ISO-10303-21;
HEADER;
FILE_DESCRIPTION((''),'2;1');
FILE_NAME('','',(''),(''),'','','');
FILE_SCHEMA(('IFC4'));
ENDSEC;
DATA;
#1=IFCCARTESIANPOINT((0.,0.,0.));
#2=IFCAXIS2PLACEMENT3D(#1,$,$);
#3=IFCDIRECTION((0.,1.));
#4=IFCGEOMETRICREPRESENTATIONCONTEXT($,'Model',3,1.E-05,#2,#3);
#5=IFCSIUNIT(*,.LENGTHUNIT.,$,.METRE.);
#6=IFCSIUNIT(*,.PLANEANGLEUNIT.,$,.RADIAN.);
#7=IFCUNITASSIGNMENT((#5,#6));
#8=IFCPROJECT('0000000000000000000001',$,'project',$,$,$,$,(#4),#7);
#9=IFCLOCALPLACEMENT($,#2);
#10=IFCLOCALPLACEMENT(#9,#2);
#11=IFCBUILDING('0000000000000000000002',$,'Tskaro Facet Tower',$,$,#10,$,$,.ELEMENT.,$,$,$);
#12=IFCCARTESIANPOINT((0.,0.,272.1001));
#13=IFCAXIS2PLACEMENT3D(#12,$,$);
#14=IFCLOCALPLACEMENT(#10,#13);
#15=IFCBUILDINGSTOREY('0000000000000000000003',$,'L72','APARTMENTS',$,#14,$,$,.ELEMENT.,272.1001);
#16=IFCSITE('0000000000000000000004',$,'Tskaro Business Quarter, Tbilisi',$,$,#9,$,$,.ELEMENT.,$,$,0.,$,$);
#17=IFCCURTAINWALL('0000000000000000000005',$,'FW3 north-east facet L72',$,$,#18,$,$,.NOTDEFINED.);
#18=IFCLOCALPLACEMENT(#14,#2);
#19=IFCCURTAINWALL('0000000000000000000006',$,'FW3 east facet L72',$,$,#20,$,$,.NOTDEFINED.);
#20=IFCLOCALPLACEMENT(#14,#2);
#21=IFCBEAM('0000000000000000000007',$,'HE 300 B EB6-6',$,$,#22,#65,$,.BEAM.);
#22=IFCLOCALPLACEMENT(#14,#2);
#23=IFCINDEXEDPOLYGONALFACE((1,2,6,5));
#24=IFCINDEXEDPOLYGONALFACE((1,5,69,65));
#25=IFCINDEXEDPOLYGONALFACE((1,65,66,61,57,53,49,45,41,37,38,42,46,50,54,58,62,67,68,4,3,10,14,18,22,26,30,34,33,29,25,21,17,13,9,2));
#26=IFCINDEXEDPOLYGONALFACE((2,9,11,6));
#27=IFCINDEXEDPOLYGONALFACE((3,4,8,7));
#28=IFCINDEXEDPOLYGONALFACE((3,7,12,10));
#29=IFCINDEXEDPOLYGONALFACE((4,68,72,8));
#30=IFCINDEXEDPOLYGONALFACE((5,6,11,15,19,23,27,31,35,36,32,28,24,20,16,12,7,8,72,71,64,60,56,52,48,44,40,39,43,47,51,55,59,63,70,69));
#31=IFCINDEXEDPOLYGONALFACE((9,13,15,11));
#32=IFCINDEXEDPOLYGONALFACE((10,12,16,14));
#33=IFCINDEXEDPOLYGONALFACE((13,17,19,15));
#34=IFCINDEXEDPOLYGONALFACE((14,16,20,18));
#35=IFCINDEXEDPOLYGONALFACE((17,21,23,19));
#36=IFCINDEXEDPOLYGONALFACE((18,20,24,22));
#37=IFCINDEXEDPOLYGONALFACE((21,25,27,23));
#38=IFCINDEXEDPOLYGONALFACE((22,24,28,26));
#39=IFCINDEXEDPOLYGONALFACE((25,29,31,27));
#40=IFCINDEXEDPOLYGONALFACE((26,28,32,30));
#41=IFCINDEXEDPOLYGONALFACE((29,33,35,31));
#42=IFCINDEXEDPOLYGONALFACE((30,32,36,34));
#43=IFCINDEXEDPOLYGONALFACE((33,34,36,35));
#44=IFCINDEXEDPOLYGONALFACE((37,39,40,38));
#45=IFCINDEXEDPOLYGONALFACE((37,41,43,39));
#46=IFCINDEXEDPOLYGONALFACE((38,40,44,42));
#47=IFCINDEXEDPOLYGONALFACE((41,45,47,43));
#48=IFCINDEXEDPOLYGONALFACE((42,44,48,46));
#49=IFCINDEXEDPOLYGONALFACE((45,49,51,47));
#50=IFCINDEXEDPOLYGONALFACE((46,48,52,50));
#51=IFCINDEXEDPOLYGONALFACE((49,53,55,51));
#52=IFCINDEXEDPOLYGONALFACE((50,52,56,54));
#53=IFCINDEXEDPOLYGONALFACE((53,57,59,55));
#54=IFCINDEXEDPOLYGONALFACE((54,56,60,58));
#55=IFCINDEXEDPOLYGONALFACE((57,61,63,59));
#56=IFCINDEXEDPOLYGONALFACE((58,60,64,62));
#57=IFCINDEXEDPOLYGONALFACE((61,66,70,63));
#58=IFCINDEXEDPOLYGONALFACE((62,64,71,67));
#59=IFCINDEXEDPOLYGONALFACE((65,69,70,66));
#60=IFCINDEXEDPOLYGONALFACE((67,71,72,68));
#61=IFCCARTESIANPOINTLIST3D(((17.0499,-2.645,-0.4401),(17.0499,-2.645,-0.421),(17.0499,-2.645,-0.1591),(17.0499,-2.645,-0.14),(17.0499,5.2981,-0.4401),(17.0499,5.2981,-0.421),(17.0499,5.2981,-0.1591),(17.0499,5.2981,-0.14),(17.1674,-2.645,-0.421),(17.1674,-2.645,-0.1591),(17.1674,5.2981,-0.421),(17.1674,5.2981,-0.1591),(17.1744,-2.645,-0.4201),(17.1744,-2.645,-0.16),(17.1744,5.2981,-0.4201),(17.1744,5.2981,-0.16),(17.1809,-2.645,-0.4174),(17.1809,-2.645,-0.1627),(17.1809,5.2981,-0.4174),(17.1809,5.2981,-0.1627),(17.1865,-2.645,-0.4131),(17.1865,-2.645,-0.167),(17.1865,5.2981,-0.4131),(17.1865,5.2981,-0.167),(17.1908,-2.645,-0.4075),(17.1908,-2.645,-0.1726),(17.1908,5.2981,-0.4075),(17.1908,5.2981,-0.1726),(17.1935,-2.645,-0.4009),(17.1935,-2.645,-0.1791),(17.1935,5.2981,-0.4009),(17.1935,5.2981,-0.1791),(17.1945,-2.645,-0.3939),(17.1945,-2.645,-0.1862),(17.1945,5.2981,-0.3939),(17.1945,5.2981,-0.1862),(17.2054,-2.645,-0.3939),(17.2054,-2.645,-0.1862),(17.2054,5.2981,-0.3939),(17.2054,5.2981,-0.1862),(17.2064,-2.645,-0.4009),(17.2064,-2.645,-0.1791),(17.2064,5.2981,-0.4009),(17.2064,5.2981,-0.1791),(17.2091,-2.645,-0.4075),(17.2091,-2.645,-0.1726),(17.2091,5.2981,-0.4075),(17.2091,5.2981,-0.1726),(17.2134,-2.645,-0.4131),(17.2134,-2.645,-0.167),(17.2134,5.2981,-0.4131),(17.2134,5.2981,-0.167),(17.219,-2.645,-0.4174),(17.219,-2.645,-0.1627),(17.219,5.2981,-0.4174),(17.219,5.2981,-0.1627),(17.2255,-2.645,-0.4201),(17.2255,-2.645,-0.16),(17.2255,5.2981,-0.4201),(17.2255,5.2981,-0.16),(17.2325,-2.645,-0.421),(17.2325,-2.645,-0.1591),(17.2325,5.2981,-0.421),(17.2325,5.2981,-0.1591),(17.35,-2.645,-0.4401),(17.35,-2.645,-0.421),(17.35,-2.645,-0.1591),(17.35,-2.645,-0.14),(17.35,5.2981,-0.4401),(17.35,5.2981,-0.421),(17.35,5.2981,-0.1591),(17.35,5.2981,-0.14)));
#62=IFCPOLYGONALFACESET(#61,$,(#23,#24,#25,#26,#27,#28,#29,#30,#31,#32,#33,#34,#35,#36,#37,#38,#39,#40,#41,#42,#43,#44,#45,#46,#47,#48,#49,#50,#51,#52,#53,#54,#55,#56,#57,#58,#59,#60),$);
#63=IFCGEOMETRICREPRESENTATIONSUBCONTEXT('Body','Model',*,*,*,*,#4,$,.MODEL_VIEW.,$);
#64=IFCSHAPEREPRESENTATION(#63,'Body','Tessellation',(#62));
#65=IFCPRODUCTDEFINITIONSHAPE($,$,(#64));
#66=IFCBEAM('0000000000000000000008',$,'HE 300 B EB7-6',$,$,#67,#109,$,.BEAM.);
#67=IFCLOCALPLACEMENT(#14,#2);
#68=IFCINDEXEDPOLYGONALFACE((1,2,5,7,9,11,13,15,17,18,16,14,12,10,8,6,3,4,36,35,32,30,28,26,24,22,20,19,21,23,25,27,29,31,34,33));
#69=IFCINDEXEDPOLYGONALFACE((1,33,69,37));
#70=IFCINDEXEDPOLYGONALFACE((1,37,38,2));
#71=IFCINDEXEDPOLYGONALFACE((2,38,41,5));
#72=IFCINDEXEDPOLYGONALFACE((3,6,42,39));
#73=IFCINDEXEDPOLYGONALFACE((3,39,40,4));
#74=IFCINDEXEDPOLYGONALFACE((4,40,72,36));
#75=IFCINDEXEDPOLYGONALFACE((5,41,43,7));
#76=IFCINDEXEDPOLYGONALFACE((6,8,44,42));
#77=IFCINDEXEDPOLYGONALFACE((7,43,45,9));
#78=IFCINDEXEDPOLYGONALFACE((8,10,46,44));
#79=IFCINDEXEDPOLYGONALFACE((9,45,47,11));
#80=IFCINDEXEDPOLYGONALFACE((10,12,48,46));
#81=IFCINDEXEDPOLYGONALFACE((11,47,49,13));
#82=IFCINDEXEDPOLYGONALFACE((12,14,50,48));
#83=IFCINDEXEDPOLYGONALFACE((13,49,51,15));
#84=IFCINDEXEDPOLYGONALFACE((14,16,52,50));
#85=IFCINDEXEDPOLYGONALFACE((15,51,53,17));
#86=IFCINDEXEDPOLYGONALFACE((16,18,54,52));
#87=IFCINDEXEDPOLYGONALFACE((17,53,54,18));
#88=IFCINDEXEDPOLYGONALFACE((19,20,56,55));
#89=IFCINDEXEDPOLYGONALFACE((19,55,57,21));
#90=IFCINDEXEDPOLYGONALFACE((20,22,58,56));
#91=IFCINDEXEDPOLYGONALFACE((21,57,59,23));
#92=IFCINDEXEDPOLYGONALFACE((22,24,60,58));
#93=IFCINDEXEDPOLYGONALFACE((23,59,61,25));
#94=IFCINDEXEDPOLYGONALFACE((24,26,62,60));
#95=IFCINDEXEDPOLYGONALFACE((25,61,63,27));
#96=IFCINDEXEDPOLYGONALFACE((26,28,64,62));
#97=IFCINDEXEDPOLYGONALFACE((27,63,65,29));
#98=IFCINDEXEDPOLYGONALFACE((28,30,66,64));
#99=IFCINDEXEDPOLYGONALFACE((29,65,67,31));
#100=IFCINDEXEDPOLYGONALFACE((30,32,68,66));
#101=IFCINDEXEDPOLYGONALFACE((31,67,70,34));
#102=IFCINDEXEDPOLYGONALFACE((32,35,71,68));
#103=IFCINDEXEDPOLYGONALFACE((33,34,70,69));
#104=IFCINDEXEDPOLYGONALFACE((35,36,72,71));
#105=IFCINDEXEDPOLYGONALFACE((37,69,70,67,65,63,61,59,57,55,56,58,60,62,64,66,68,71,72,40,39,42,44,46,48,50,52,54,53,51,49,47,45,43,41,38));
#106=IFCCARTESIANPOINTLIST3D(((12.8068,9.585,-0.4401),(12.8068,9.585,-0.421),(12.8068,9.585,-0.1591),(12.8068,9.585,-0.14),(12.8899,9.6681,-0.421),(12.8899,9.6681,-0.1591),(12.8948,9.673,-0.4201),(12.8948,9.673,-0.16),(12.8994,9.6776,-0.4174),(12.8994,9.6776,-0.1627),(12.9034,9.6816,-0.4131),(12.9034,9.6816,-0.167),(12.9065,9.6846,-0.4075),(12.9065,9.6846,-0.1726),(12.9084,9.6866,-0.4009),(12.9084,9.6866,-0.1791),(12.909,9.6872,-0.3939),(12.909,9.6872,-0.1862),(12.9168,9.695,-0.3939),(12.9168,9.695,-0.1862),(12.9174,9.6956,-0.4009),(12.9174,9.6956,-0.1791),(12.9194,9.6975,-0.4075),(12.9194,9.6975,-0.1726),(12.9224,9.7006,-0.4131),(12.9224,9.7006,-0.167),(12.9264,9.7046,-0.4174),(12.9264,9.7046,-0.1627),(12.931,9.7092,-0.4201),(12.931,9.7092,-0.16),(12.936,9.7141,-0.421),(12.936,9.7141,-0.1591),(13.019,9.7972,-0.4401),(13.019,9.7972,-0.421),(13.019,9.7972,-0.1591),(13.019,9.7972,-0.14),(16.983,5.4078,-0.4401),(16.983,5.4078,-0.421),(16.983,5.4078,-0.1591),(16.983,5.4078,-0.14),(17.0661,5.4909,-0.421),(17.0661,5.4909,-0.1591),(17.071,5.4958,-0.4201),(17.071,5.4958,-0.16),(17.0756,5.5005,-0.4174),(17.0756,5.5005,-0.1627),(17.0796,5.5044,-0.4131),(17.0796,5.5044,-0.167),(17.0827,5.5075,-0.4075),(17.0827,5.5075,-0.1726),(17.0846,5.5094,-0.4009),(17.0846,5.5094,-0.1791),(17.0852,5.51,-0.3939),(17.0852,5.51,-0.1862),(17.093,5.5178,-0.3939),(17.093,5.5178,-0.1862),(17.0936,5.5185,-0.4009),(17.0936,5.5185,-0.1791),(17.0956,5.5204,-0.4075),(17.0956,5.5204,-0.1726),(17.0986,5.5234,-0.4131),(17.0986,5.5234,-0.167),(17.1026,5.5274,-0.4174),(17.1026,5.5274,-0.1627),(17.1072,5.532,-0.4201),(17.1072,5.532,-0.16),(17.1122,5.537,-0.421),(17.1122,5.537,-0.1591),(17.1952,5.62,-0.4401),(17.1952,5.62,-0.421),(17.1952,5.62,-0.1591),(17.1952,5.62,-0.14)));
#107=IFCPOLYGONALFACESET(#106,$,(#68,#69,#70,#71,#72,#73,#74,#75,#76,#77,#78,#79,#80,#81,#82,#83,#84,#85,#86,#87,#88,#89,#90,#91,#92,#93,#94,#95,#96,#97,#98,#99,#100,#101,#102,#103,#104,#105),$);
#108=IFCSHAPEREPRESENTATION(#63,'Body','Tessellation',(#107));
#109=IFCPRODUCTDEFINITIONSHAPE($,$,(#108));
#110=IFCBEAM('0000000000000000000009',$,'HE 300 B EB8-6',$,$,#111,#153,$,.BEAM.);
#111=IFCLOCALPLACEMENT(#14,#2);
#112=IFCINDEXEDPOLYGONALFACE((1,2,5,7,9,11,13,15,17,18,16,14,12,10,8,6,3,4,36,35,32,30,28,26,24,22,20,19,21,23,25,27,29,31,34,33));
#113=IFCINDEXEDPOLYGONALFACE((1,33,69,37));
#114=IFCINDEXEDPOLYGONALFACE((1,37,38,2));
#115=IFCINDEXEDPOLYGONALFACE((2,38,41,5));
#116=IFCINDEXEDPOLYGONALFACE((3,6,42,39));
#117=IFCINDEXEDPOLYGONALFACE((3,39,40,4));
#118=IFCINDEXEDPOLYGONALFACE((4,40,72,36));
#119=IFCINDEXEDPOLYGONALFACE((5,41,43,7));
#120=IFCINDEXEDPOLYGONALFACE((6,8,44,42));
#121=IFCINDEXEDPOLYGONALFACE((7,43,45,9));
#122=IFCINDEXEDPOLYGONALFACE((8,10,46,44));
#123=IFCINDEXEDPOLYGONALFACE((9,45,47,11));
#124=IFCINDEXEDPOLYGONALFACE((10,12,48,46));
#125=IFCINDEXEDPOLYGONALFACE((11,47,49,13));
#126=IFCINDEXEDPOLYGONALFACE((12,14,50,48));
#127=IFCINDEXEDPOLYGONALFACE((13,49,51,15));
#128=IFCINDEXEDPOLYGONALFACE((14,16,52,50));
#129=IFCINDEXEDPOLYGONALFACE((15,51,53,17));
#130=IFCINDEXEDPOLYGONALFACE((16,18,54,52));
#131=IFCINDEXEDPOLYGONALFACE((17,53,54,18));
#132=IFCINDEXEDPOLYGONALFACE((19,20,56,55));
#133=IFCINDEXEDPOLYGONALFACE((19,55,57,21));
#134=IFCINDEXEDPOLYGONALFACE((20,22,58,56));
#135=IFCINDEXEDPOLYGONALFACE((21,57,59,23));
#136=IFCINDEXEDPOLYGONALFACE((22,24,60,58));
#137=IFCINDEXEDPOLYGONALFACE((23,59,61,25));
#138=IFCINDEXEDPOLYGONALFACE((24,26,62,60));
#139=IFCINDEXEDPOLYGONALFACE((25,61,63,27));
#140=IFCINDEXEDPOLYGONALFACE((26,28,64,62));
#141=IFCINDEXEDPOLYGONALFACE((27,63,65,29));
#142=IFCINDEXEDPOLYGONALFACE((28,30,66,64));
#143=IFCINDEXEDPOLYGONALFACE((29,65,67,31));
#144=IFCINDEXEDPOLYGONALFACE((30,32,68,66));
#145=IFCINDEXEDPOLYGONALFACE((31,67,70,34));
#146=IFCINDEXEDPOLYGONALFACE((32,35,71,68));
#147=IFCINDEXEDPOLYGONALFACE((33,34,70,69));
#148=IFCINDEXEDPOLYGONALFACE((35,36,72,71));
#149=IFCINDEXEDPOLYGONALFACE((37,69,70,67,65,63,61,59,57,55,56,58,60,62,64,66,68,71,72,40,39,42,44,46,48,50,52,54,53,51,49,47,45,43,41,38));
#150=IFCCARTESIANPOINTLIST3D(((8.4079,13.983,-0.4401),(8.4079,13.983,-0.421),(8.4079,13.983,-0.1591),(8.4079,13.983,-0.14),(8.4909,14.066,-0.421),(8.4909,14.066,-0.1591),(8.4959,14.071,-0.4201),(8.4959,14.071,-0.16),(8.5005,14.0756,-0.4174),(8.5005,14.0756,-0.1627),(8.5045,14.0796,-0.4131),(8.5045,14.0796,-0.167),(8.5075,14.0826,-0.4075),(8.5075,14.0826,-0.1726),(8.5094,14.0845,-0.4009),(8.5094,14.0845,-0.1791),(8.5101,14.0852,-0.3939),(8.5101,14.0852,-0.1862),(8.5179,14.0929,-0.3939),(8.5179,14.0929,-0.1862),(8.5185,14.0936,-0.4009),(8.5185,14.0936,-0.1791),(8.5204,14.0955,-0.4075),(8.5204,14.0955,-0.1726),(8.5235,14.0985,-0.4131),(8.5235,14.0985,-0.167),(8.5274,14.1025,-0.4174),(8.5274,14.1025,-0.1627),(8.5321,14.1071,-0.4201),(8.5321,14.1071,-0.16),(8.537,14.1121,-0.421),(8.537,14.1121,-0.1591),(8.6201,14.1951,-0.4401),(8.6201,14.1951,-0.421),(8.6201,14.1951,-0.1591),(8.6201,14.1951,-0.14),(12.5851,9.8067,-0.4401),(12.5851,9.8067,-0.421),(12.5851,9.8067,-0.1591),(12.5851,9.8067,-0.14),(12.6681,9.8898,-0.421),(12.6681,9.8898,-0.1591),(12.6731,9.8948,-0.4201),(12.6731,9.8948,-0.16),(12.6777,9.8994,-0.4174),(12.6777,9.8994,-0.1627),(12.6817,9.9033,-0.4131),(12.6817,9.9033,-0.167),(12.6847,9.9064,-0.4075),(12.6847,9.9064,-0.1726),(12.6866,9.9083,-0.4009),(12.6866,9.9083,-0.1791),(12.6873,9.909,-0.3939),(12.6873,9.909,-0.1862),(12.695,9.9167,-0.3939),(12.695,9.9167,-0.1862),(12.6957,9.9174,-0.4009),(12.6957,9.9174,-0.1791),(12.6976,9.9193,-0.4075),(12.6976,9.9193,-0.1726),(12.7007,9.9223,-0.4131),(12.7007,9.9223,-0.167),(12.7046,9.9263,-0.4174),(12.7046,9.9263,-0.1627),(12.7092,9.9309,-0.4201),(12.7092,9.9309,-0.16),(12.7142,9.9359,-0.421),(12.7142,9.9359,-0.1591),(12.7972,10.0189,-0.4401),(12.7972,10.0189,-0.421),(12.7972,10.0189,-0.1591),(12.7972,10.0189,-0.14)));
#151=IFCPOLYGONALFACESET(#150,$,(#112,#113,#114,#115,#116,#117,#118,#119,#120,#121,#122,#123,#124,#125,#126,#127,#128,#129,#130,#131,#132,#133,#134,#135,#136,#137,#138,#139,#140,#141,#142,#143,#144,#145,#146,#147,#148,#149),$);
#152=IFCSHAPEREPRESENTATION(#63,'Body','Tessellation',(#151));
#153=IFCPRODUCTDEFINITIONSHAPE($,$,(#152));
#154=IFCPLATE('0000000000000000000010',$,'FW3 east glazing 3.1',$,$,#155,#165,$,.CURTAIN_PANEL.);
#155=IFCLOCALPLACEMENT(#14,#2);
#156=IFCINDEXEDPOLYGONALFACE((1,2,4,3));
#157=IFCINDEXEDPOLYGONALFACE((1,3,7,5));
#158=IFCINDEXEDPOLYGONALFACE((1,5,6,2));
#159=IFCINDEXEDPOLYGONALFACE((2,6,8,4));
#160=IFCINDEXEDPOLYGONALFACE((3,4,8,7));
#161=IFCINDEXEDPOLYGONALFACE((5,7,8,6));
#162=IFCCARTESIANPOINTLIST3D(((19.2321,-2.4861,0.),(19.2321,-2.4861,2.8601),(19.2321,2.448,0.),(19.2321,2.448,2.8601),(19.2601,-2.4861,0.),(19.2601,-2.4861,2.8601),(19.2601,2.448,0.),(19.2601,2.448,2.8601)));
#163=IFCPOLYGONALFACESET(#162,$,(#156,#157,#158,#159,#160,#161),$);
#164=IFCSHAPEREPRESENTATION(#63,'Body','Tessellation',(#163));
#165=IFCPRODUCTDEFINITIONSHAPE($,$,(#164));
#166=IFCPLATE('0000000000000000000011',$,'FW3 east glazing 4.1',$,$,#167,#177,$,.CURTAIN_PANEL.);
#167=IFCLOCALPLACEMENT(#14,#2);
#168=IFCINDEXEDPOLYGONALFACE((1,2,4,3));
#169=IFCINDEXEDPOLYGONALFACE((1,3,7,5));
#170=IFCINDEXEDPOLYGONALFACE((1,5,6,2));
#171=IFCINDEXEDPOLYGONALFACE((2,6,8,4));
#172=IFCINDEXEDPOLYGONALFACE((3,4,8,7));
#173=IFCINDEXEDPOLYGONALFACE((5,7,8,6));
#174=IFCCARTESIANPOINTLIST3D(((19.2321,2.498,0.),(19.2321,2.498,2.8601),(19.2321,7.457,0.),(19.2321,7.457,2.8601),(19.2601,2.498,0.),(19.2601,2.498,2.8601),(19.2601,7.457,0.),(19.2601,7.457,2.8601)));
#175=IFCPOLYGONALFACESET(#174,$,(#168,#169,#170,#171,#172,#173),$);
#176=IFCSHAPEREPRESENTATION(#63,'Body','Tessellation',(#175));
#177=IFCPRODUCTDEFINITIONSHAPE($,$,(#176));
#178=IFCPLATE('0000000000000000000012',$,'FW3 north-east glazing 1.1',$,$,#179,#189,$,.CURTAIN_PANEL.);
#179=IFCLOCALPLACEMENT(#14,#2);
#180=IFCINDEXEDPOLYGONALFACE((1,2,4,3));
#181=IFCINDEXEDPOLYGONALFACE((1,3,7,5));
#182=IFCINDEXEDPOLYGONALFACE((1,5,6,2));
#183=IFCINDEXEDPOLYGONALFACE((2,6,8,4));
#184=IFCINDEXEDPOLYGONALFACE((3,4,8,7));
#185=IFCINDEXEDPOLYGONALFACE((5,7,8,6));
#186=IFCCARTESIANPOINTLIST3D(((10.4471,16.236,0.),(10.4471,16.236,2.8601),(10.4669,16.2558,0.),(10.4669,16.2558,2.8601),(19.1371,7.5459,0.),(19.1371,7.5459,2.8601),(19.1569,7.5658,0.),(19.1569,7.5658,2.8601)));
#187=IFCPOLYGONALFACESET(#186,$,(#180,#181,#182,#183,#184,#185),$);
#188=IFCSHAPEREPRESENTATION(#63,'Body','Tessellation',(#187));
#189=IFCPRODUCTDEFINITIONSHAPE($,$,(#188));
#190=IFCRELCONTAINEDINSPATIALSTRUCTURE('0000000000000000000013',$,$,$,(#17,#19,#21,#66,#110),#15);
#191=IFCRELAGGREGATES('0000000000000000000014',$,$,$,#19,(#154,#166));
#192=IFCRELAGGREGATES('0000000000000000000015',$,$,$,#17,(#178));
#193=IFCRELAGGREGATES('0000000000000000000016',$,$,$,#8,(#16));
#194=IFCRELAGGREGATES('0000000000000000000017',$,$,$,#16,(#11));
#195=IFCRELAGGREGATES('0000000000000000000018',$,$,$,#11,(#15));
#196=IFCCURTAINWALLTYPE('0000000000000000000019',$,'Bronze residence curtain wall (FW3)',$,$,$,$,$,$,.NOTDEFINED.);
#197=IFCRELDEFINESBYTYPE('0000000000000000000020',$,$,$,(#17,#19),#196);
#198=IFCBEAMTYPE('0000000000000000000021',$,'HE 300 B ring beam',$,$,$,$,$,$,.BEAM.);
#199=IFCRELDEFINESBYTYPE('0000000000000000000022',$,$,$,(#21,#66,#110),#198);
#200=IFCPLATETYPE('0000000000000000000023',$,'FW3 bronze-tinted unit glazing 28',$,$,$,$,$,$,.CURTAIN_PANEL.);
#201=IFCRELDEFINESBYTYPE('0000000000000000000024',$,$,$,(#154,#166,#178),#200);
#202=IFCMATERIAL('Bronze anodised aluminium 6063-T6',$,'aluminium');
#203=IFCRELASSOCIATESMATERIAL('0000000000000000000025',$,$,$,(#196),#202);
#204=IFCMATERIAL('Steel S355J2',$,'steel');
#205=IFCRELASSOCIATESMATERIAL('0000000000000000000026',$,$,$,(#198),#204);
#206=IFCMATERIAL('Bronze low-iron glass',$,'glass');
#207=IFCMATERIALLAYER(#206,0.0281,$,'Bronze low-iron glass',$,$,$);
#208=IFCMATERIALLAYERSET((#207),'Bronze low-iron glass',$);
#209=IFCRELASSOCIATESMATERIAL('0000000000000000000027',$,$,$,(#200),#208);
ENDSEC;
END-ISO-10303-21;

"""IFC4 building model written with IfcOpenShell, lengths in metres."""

from ifc_helpers import new_model, si_unit, direction, frame, origin, origin_2d, place, context, subcontext, project, spatial, rectangle, i_section, extrude, material, layer, layer_set, material_profile, profile_set, type_object, element, aggregate, save


model = new_model("IFC4")

# Units and contexts
model_context = context("Model", 3, precision=1e-05, world=origin(), true_north=direction((0.0, 1.0)))
body_context = subcontext(model_context, "Body", "Model", "MODEL_VIEW")
ifc_project = project(units=[si_unit("LENGTHUNIT", "METRE"), si_unit("PLANEANGLEUNIT", "RADIAN")], contexts=[model_context])

# Site, building, storey
site_placement = place(None, origin())
site = spatial("IfcSite", under=ifc_project, at=site_placement, Name="Tskaro Business Quarter, Tbilisi", CompositionType="ELEMENT", RefElevation=0.0)
building_placement = place(site_placement, origin())
building = spatial("IfcBuilding", under=site, at=building_placement, Name="Tskaro Facet Tower", CompositionType="ELEMENT")
storey_placement = place(building_placement, frame((0.0, 0.0, 272.1001)))
storey = spatial("IfcBuildingStorey", under=building, at=storey_placement, Name="L72", Description="APARTMENTS", CompositionType="ELEMENT", Elevation=272.1001)

# Shared definitions
ifc_material_1 = material(Name="Steel S355J2", Category="steel")

# Curtain wall
ifc_material_2 = material(Name="Bronze anodised aluminium 6063-T6", Category="aluminium")
curtain_wall_type = type_object("IfcCurtainWallType", Name="Bronze residence curtain wall (FW3)", PredefinedType="NOTDEFINED", material=ifc_material_2)
curtain_wall_1_placement = place(storey_placement, origin())
curtain_wall_1 = element("IfcCurtainWall", 1, at=curtain_wall_1_placement, inside=storey, type_object=curtain_wall_type, Name="FW3 north-east facet L72", PredefinedType="NOTDEFINED")

# Curtain wall
curtain_wall_2_placement = place(storey_placement, origin())
curtain_wall_2 = element("IfcCurtainWall", 2, at=curtain_wall_2_placement, inside=storey, type_object=curtain_wall_type, Name="FW3 east facet L72", PredefinedType="NOTDEFINED")

# Beams
ifc_material_profile_1 = material_profile(ifc_material_1, i_section(OverallWidth=0.3, OverallDepth=0.3, WebThickness=0.011, FlangeThickness=0.019, FilletRadius=0.0271, at=origin_2d()), Name="HE 300 B")
ifc_profile_set_1 = profile_set([ifc_material_profile_1], Name="Steel S355J2")
beam_type = type_object("IfcBeamType", Name="HE 300 B ring beam", PredefinedType="BEAM", material=ifc_profile_set_1)
beam_placement = place(storey_placement, frame((17.2, -2.645, -0.29), z_axis=(0.0, 1.0, 0.0), x_axis=(-1.0, 0.0, 0.0)))
element("IfcBeam", 3, at=beam_placement, inside=storey, type_object=beam_type, Name="HE 300 B EB6-6", PredefinedType="BEAM", context=body_context, shape_type="SweptSolid", body=[
    extrude(i_section(OverallWidth=0.3, OverallDepth=0.3, WebThickness=0.011, FlangeThickness=0.019, FilletRadius=0.0271, at=origin_2d()), origin(), (0.0, 0.0, 1.0), 7.9431),
])
for number, where, z_axis, x_axis, name in (
    (4, (17.0891, 5.5139, -0.29), (-0.707024, 0.707189, 0.0), (-0.707189, -0.707024, 0.0), "HE 300 B EB7-6"),
    (5, (12.6912, 9.9128, -0.29), (-0.707189, 0.707024, 0.0), (-0.707024, -0.707189, 0.0), "HE 300 B EB8-6"),
):
    element("IfcBeam", number, at=place(storey_placement, frame(where, z_axis=z_axis, x_axis=x_axis)), inside=storey, type_object=beam_type, Name=name, PredefinedType="BEAM", context=body_context, shape_type="SweptSolid", body=[
        extrude(i_section(OverallWidth=0.3, OverallDepth=0.3, WebThickness=0.011, FlangeThickness=0.019, FilletRadius=0.0271, at=origin_2d()), origin(), (0.0, 0.0, 1.0), 5.9067),
    ])

# Plates
ifc_material_3 = material(Name="Bronze low-iron glass", Category="glass")
ifc_layer_1 = layer(ifc_material_3, 0.0281, Name="Bronze low-iron glass")
ifc_layer_set_1 = layer_set([ifc_layer_1], Name="Bronze low-iron glass")
plate_type = type_object("IfcPlateType", Name="FW3 bronze-tinted unit glazing 28", PredefinedType="CURTAIN_PANEL", material=ifc_layer_set_1)
plate_1_placement = place(storey_placement, frame((19.2461, -0.019, 0.0), z_axis=(0.0, 0.0, 1.0), x_axis=(0.0, 1.0, 0.0)))
plate_1 = element("IfcPlate", 6, at=plate_1_placement, type_object=plate_type, Name="FW3 east glazing 3.1", PredefinedType="CURTAIN_PANEL", context=body_context, shape_type="SweptSolid", body=[
    extrude(rectangle(XDim=4.9341, YDim=0.0281, at=origin_2d()), origin(), (0.0, 0.0, 1.0), 2.8601),
])
plate_2_placement = place(storey_placement, frame((19.2461, 4.9775, 0.0), z_axis=(0.0, 0.0, 1.0), x_axis=(0.0, 1.0, 0.0)))
plate_2 = element("IfcPlate", 7, at=plate_2_placement, type_object=plate_type, Name="FW3 east glazing 4.1", PredefinedType="CURTAIN_PANEL", context=body_context, shape_type="SweptSolid", body=[
    extrude(rectangle(XDim=4.959, YDim=0.0281, at=origin_2d()), origin(), (0.0, 0.0, 1.0), 2.8601),
])
aggregate(curtain_wall_2, [plate_1, plate_2])
plate_3_placement = place(storey_placement, frame((14.802, 11.9009, 0.0), z_axis=(0.0, 0.0, 1.0), x_axis=(-0.707107, 0.707107, 0.0)))
plate_3 = element("IfcPlate", 8, at=plate_3_placement, type_object=plate_type, Name="FW3 north-east glazing 1.1", PredefinedType="CURTAIN_PANEL", context=body_context, shape_type="SweptSolid", body=[
    extrude(rectangle(XDim=12.2896, YDim=0.0281, at=origin_2d()), origin(), (0.0, 0.0, 1.0), 2.8601),
])
aggregate(curtain_wall_1, [plate_3])

save(model, "model.ifc")
